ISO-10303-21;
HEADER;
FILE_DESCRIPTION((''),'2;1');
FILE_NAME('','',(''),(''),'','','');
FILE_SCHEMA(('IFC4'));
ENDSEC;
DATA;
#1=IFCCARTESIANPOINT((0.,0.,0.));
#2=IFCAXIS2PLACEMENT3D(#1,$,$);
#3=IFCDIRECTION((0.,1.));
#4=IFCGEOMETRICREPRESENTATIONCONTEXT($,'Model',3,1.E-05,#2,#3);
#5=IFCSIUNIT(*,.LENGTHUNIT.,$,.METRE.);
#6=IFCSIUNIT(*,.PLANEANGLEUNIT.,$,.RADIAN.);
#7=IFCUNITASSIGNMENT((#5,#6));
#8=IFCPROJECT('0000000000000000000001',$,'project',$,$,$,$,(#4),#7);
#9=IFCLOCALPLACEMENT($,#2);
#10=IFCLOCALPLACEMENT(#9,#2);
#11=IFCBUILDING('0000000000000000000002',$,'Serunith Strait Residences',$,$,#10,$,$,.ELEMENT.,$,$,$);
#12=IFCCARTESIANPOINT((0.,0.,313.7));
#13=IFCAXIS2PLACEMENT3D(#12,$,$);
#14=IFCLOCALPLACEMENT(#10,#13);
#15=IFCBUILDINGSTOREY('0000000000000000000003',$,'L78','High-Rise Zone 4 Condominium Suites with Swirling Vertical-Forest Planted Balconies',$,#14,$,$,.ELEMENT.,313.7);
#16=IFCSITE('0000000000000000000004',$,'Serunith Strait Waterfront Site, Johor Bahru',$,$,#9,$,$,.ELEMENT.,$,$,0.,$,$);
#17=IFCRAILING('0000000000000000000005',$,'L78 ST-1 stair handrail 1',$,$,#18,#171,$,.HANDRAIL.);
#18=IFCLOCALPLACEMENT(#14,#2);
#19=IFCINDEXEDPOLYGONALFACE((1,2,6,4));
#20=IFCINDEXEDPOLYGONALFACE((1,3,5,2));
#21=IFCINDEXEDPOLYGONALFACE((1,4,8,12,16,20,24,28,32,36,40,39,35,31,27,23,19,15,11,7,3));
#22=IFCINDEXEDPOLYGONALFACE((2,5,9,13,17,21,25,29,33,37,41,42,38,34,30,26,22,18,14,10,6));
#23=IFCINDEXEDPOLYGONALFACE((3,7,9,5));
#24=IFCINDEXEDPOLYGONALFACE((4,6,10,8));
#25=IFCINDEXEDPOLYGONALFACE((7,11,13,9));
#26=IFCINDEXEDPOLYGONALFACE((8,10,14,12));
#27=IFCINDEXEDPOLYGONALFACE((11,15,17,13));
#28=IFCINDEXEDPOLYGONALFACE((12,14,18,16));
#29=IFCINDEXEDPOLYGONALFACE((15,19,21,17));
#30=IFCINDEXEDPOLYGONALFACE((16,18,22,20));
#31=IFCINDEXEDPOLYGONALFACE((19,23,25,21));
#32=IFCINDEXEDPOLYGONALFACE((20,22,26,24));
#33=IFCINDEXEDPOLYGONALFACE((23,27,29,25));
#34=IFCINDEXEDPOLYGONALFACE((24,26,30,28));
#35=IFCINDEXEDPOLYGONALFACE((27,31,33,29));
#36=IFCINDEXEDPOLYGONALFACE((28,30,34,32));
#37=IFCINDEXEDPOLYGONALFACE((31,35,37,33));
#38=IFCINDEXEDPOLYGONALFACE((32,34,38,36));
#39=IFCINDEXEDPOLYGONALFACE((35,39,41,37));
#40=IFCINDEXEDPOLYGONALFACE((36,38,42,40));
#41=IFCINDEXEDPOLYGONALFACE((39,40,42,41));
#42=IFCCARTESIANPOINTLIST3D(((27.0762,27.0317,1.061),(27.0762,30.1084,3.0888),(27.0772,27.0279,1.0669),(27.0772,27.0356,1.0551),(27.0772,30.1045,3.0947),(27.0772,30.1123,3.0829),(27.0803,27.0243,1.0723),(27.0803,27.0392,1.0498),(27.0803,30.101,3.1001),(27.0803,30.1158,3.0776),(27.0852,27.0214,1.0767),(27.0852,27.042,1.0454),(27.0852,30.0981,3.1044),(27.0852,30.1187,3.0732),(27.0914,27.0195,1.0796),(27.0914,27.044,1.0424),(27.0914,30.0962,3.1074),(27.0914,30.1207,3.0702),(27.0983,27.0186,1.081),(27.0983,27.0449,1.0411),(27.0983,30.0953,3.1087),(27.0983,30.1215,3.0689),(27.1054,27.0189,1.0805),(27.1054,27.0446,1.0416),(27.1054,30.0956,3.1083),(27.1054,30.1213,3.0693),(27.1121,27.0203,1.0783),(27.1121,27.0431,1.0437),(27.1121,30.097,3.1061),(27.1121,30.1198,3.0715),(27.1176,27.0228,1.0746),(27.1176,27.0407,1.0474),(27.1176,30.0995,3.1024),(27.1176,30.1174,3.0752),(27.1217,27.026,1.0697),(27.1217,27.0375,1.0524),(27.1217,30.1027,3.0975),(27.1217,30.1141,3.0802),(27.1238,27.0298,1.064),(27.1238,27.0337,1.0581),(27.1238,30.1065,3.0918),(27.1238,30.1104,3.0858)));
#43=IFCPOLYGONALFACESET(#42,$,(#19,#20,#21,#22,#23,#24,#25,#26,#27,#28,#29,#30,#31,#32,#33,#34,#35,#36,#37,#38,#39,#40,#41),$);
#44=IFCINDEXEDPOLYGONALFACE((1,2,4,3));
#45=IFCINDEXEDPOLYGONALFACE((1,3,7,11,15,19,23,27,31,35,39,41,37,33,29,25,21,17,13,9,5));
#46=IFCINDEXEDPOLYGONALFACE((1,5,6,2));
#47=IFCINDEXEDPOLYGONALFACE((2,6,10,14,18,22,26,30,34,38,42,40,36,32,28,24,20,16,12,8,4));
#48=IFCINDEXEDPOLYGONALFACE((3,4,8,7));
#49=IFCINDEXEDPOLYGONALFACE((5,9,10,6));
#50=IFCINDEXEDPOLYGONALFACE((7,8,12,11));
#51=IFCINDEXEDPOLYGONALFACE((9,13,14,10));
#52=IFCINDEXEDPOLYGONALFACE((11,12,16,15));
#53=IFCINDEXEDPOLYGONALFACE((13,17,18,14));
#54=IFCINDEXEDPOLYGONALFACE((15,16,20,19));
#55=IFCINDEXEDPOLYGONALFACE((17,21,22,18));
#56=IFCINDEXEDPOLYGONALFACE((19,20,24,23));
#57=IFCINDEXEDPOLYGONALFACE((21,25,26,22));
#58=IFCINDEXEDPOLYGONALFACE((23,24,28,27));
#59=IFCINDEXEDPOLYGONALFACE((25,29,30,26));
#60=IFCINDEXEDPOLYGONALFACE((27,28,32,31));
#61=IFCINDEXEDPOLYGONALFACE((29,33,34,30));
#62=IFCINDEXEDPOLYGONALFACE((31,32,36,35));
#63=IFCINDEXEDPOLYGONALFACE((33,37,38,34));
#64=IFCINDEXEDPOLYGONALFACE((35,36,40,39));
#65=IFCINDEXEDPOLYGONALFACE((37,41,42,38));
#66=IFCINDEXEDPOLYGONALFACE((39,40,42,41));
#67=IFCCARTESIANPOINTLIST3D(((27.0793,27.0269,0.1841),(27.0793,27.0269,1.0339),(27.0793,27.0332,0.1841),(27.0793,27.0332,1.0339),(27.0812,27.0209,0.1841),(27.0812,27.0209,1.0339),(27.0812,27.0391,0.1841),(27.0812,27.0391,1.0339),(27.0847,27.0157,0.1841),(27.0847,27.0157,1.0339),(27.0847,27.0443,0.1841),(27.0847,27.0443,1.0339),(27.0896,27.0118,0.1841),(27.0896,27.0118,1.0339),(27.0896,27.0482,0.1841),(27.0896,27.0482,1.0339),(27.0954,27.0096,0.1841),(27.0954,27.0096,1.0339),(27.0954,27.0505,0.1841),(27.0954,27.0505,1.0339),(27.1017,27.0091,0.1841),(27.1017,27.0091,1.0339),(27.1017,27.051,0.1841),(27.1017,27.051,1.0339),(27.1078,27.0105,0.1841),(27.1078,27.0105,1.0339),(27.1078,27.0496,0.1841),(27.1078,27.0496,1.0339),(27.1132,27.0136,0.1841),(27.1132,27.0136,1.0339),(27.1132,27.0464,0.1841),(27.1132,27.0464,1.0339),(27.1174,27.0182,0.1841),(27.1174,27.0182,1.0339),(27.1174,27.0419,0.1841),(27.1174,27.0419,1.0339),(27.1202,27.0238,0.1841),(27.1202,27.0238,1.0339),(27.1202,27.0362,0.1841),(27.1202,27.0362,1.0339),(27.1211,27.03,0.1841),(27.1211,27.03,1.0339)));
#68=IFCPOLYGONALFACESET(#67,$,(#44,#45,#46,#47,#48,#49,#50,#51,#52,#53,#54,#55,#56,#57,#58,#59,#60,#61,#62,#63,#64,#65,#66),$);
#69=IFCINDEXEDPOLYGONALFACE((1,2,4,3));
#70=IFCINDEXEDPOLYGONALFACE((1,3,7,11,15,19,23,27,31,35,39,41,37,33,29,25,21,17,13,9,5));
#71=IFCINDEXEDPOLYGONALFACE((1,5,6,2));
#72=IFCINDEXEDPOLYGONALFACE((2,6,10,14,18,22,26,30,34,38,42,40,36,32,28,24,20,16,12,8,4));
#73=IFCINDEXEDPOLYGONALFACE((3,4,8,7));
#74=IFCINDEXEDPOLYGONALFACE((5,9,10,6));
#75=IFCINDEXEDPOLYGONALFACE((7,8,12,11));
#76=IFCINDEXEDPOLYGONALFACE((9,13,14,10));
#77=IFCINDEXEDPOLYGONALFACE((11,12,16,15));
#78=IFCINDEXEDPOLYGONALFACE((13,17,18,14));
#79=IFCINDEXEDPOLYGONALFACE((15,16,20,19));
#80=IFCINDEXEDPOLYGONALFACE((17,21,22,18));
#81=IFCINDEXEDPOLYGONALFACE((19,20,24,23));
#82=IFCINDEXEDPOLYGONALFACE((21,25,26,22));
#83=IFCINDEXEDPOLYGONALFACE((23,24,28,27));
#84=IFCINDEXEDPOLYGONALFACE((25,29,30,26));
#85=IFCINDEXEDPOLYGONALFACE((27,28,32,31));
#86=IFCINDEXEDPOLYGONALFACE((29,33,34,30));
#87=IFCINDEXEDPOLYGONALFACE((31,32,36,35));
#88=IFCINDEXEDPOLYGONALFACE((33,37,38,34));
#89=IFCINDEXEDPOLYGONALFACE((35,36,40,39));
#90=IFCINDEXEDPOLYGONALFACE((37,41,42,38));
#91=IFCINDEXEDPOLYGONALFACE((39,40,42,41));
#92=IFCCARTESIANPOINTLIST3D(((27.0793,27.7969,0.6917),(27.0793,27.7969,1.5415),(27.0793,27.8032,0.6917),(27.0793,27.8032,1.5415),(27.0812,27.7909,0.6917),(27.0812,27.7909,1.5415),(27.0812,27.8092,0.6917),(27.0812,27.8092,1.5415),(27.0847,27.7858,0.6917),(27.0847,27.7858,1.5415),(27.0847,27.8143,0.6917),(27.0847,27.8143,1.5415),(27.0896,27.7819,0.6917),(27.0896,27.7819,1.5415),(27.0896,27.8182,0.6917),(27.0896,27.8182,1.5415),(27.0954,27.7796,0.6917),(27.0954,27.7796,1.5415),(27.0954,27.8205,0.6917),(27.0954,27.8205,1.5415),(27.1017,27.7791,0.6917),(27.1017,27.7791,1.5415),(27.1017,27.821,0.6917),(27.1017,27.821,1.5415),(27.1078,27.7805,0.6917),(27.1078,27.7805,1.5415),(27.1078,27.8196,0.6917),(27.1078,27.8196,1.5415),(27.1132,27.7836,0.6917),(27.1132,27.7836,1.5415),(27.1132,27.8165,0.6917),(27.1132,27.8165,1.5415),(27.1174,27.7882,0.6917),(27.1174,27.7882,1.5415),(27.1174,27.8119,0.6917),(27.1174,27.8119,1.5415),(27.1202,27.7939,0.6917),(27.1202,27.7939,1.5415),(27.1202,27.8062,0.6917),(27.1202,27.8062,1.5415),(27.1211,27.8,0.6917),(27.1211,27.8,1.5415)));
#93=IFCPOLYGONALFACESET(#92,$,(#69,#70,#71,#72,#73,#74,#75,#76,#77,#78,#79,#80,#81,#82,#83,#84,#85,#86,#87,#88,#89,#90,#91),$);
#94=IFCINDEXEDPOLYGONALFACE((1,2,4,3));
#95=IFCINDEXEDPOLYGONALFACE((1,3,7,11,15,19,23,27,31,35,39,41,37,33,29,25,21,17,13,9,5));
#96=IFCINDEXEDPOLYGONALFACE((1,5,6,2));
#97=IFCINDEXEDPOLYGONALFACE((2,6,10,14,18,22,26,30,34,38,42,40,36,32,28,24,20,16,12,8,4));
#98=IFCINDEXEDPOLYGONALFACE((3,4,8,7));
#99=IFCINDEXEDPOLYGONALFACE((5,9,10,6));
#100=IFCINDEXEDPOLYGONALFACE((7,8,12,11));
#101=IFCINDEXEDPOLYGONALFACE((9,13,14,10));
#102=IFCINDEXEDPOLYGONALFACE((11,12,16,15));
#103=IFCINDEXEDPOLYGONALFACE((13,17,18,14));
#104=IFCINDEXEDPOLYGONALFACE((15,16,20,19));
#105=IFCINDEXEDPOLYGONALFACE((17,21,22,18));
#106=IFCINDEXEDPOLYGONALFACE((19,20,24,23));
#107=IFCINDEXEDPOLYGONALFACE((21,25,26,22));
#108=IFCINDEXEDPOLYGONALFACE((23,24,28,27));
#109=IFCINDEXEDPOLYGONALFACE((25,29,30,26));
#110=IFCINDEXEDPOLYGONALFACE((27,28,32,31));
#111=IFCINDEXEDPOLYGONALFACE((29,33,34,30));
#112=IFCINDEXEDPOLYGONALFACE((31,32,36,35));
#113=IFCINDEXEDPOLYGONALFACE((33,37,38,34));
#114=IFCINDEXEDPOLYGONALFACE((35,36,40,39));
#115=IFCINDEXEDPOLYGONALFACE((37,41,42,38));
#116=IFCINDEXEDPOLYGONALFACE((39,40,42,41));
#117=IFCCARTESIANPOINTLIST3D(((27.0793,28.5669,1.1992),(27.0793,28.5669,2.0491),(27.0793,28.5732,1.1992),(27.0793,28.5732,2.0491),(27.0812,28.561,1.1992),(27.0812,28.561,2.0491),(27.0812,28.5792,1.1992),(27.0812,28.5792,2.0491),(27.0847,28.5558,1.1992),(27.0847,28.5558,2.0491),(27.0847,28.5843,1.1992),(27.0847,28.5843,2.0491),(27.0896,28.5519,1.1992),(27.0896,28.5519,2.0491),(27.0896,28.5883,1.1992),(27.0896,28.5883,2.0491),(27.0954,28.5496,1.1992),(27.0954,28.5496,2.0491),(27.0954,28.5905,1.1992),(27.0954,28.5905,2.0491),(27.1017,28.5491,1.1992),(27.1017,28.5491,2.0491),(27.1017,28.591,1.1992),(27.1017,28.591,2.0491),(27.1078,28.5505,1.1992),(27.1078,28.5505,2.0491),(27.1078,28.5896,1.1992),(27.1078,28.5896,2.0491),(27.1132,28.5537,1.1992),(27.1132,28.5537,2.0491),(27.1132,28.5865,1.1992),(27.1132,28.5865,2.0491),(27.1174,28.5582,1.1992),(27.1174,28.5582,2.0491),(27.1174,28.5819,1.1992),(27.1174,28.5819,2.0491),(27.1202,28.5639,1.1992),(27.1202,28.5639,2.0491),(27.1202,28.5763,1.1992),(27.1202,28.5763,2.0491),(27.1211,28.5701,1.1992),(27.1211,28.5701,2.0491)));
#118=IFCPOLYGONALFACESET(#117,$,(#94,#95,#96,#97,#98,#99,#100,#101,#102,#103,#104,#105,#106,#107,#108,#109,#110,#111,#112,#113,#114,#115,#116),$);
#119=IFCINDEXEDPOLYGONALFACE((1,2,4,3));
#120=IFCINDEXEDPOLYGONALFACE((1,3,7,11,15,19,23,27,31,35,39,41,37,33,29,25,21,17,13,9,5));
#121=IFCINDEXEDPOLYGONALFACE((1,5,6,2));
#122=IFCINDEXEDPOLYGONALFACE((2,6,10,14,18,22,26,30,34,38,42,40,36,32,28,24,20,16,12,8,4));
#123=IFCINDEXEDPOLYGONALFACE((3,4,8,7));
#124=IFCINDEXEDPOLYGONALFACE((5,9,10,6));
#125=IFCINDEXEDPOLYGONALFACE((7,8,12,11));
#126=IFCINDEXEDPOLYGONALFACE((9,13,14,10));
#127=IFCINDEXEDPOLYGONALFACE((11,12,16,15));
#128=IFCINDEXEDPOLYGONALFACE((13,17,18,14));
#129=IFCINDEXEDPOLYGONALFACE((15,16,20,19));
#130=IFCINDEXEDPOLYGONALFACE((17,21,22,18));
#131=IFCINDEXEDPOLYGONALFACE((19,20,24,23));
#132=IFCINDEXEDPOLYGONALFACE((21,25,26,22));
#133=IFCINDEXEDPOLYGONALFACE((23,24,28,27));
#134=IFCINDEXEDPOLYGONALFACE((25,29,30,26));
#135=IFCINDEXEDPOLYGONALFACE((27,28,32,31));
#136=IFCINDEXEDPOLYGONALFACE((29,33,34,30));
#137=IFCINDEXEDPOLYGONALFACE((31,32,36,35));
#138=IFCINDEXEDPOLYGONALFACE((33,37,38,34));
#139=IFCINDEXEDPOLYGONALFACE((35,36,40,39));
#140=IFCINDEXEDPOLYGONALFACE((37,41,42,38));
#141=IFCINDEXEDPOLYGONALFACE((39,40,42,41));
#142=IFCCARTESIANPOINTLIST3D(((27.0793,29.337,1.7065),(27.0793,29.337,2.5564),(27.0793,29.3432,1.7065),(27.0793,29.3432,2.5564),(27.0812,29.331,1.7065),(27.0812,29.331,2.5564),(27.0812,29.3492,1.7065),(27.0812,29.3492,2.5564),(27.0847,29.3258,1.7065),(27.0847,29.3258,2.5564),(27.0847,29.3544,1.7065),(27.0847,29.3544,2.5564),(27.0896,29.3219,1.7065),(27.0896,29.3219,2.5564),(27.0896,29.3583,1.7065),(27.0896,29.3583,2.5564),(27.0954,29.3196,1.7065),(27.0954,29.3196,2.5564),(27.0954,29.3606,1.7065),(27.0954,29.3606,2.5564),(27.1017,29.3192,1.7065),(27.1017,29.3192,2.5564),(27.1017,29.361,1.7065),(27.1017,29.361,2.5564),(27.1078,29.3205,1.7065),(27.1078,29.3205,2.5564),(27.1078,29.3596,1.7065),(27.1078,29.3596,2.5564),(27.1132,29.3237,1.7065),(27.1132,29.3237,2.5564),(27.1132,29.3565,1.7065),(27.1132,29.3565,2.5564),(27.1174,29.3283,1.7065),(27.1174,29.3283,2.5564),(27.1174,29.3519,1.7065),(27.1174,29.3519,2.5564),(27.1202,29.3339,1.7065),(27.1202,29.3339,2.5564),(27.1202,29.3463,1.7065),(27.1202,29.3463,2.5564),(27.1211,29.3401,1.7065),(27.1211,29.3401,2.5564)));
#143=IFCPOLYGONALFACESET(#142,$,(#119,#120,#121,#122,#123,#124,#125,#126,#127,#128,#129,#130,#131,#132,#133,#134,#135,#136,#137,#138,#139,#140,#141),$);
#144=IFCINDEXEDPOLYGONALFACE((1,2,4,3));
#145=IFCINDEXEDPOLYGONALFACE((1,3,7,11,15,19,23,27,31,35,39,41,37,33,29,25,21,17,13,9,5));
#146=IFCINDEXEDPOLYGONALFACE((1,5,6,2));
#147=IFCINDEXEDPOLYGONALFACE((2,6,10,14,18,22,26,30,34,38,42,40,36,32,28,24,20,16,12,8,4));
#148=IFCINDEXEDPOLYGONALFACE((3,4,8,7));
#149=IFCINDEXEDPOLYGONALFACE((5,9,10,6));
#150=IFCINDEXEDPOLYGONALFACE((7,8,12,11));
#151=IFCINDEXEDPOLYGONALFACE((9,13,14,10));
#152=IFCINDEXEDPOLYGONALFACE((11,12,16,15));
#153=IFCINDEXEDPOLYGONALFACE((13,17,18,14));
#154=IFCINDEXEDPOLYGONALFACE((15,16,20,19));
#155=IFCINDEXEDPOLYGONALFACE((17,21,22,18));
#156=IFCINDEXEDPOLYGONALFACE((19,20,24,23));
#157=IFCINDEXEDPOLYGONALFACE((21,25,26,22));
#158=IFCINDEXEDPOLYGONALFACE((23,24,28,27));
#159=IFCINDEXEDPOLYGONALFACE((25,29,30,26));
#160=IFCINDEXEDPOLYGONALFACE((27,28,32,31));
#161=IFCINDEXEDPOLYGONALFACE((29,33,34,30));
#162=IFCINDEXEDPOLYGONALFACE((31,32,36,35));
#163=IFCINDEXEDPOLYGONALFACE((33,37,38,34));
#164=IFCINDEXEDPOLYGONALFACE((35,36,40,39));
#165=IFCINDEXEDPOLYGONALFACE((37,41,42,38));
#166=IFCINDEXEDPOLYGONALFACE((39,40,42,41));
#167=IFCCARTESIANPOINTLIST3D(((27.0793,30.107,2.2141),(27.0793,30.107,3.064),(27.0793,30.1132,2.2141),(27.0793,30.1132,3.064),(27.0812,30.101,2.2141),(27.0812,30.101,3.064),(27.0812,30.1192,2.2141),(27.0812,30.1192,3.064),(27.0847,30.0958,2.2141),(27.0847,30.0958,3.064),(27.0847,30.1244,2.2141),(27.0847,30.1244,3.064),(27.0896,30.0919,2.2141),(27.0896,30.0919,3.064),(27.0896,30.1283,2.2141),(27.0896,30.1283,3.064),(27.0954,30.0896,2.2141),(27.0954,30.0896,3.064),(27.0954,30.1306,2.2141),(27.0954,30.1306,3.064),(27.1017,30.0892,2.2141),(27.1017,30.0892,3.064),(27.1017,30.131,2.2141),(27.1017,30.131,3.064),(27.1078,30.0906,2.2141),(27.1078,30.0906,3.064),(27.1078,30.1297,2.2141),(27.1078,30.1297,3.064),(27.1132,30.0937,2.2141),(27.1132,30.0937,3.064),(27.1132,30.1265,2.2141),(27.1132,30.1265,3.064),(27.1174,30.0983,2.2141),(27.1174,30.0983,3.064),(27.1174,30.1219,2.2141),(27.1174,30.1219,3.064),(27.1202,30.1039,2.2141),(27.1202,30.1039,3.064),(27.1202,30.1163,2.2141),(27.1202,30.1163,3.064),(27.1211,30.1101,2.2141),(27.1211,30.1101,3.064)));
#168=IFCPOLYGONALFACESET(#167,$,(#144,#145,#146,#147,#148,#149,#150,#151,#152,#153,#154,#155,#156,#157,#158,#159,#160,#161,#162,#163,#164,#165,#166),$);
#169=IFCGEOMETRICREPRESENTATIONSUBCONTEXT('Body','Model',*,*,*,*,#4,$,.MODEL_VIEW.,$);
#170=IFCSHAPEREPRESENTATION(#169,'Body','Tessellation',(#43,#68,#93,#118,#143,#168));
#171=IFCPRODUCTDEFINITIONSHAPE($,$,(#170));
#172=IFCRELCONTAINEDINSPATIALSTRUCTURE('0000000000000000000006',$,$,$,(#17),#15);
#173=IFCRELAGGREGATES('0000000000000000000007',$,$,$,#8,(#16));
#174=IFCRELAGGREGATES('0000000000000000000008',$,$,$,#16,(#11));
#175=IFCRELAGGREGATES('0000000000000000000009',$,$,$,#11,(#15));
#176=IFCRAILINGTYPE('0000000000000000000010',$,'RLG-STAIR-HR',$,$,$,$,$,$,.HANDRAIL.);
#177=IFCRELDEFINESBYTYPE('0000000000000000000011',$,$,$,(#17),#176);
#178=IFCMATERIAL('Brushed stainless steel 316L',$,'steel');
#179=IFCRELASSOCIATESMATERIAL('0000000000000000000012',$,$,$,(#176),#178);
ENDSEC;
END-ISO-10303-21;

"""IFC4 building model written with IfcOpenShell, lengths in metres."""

from ifc_helpers import new_model, si_unit, direction, frame, origin, origin_2d, place, context, subcontext, project, spatial, circle, extrude, material, type_object, element, save


model = new_model("IFC4")

# Units and contexts
model_context = context("Model", 3, precision=1e-05, world=origin(), true_north=direction((0.0, 1.0)))
body_context = subcontext(model_context, "Body", "Model", "MODEL_VIEW")
ifc_project = project(units=[si_unit("LENGTHUNIT", "METRE"), si_unit("PLANEANGLEUNIT", "RADIAN")], contexts=[model_context])

# Site, building, storey
site_placement = place(None, origin())
site = spatial("IfcSite", under=ifc_project, at=site_placement, Name="Serunith Strait Waterfront Site, Johor Bahru", CompositionType="ELEMENT", RefElevation=0.0)
building_placement = place(site_placement, origin())
building = spatial("IfcBuilding", under=site, at=building_placement, Name="Serunith Strait Residences", CompositionType="ELEMENT")
storey_placement = place(building_placement, frame((0.0, 0.0, 313.7)))
storey = spatial("IfcBuildingStorey", under=building, at=storey_placement, Name="L78", Description="High-Rise Zone 4 Condominium Suites with Swirling Vertical-Forest Planted Balconies", CompositionType="ELEMENT", Elevation=313.7)

# Railing
ifc_material_1 = material(Name="Brushed stainless steel 316L", Category="steel")
railing_type_1 = type_object("IfcRailingType", Name="RLG-STAIR-HR", PredefinedType="HANDRAIL", material=ifc_material_1)
railing_1_placement = place(storey_placement, frame((27.1001, 27.03, 0.1841)))
element("IfcRailing", 1, at=railing_1_placement, inside=storey, type_object=railing_type_1, Name="L78 ST-1 stair handrail 1", PredefinedType="HANDRAIL", context=body_context, shape_type="SweptSolid", body=[
    extrude(circle(Radius=0.0239, at=origin_2d()), frame((0.0, 0.0017, 0.877), z_axis=(0.0, 0.834961, 0.550309), x_axis=(-1.0, 0.0, 0.0)), (0.0, 0.0, 1.0), 3.6848),
    extrude(circle(Radius=0.021, at=origin_2d()), origin(), (0.0, 0.0, 1.0), 0.8499),
    extrude(circle(Radius=0.021, at=origin_2d()), frame((0.0, 0.77, 0.5076)), (0.0, 0.0, 1.0), 0.8499),
    extrude(circle(Radius=0.021, at=origin_2d()), frame((0.0, 1.54, 1.0151)), (0.0, 0.0, 1.0), 0.8499),
    extrude(circle(Radius=0.021, at=origin_2d()), frame((0.0, 2.3101, 1.5225)), (0.0, 0.0, 1.0), 0.8499),
    extrude(circle(Radius=0.021, at=origin_2d()), frame((0.0, 3.0801, 2.03)), (0.0, 0.0, 1.0), 0.8499),
])

save(model, "model.ifc")
